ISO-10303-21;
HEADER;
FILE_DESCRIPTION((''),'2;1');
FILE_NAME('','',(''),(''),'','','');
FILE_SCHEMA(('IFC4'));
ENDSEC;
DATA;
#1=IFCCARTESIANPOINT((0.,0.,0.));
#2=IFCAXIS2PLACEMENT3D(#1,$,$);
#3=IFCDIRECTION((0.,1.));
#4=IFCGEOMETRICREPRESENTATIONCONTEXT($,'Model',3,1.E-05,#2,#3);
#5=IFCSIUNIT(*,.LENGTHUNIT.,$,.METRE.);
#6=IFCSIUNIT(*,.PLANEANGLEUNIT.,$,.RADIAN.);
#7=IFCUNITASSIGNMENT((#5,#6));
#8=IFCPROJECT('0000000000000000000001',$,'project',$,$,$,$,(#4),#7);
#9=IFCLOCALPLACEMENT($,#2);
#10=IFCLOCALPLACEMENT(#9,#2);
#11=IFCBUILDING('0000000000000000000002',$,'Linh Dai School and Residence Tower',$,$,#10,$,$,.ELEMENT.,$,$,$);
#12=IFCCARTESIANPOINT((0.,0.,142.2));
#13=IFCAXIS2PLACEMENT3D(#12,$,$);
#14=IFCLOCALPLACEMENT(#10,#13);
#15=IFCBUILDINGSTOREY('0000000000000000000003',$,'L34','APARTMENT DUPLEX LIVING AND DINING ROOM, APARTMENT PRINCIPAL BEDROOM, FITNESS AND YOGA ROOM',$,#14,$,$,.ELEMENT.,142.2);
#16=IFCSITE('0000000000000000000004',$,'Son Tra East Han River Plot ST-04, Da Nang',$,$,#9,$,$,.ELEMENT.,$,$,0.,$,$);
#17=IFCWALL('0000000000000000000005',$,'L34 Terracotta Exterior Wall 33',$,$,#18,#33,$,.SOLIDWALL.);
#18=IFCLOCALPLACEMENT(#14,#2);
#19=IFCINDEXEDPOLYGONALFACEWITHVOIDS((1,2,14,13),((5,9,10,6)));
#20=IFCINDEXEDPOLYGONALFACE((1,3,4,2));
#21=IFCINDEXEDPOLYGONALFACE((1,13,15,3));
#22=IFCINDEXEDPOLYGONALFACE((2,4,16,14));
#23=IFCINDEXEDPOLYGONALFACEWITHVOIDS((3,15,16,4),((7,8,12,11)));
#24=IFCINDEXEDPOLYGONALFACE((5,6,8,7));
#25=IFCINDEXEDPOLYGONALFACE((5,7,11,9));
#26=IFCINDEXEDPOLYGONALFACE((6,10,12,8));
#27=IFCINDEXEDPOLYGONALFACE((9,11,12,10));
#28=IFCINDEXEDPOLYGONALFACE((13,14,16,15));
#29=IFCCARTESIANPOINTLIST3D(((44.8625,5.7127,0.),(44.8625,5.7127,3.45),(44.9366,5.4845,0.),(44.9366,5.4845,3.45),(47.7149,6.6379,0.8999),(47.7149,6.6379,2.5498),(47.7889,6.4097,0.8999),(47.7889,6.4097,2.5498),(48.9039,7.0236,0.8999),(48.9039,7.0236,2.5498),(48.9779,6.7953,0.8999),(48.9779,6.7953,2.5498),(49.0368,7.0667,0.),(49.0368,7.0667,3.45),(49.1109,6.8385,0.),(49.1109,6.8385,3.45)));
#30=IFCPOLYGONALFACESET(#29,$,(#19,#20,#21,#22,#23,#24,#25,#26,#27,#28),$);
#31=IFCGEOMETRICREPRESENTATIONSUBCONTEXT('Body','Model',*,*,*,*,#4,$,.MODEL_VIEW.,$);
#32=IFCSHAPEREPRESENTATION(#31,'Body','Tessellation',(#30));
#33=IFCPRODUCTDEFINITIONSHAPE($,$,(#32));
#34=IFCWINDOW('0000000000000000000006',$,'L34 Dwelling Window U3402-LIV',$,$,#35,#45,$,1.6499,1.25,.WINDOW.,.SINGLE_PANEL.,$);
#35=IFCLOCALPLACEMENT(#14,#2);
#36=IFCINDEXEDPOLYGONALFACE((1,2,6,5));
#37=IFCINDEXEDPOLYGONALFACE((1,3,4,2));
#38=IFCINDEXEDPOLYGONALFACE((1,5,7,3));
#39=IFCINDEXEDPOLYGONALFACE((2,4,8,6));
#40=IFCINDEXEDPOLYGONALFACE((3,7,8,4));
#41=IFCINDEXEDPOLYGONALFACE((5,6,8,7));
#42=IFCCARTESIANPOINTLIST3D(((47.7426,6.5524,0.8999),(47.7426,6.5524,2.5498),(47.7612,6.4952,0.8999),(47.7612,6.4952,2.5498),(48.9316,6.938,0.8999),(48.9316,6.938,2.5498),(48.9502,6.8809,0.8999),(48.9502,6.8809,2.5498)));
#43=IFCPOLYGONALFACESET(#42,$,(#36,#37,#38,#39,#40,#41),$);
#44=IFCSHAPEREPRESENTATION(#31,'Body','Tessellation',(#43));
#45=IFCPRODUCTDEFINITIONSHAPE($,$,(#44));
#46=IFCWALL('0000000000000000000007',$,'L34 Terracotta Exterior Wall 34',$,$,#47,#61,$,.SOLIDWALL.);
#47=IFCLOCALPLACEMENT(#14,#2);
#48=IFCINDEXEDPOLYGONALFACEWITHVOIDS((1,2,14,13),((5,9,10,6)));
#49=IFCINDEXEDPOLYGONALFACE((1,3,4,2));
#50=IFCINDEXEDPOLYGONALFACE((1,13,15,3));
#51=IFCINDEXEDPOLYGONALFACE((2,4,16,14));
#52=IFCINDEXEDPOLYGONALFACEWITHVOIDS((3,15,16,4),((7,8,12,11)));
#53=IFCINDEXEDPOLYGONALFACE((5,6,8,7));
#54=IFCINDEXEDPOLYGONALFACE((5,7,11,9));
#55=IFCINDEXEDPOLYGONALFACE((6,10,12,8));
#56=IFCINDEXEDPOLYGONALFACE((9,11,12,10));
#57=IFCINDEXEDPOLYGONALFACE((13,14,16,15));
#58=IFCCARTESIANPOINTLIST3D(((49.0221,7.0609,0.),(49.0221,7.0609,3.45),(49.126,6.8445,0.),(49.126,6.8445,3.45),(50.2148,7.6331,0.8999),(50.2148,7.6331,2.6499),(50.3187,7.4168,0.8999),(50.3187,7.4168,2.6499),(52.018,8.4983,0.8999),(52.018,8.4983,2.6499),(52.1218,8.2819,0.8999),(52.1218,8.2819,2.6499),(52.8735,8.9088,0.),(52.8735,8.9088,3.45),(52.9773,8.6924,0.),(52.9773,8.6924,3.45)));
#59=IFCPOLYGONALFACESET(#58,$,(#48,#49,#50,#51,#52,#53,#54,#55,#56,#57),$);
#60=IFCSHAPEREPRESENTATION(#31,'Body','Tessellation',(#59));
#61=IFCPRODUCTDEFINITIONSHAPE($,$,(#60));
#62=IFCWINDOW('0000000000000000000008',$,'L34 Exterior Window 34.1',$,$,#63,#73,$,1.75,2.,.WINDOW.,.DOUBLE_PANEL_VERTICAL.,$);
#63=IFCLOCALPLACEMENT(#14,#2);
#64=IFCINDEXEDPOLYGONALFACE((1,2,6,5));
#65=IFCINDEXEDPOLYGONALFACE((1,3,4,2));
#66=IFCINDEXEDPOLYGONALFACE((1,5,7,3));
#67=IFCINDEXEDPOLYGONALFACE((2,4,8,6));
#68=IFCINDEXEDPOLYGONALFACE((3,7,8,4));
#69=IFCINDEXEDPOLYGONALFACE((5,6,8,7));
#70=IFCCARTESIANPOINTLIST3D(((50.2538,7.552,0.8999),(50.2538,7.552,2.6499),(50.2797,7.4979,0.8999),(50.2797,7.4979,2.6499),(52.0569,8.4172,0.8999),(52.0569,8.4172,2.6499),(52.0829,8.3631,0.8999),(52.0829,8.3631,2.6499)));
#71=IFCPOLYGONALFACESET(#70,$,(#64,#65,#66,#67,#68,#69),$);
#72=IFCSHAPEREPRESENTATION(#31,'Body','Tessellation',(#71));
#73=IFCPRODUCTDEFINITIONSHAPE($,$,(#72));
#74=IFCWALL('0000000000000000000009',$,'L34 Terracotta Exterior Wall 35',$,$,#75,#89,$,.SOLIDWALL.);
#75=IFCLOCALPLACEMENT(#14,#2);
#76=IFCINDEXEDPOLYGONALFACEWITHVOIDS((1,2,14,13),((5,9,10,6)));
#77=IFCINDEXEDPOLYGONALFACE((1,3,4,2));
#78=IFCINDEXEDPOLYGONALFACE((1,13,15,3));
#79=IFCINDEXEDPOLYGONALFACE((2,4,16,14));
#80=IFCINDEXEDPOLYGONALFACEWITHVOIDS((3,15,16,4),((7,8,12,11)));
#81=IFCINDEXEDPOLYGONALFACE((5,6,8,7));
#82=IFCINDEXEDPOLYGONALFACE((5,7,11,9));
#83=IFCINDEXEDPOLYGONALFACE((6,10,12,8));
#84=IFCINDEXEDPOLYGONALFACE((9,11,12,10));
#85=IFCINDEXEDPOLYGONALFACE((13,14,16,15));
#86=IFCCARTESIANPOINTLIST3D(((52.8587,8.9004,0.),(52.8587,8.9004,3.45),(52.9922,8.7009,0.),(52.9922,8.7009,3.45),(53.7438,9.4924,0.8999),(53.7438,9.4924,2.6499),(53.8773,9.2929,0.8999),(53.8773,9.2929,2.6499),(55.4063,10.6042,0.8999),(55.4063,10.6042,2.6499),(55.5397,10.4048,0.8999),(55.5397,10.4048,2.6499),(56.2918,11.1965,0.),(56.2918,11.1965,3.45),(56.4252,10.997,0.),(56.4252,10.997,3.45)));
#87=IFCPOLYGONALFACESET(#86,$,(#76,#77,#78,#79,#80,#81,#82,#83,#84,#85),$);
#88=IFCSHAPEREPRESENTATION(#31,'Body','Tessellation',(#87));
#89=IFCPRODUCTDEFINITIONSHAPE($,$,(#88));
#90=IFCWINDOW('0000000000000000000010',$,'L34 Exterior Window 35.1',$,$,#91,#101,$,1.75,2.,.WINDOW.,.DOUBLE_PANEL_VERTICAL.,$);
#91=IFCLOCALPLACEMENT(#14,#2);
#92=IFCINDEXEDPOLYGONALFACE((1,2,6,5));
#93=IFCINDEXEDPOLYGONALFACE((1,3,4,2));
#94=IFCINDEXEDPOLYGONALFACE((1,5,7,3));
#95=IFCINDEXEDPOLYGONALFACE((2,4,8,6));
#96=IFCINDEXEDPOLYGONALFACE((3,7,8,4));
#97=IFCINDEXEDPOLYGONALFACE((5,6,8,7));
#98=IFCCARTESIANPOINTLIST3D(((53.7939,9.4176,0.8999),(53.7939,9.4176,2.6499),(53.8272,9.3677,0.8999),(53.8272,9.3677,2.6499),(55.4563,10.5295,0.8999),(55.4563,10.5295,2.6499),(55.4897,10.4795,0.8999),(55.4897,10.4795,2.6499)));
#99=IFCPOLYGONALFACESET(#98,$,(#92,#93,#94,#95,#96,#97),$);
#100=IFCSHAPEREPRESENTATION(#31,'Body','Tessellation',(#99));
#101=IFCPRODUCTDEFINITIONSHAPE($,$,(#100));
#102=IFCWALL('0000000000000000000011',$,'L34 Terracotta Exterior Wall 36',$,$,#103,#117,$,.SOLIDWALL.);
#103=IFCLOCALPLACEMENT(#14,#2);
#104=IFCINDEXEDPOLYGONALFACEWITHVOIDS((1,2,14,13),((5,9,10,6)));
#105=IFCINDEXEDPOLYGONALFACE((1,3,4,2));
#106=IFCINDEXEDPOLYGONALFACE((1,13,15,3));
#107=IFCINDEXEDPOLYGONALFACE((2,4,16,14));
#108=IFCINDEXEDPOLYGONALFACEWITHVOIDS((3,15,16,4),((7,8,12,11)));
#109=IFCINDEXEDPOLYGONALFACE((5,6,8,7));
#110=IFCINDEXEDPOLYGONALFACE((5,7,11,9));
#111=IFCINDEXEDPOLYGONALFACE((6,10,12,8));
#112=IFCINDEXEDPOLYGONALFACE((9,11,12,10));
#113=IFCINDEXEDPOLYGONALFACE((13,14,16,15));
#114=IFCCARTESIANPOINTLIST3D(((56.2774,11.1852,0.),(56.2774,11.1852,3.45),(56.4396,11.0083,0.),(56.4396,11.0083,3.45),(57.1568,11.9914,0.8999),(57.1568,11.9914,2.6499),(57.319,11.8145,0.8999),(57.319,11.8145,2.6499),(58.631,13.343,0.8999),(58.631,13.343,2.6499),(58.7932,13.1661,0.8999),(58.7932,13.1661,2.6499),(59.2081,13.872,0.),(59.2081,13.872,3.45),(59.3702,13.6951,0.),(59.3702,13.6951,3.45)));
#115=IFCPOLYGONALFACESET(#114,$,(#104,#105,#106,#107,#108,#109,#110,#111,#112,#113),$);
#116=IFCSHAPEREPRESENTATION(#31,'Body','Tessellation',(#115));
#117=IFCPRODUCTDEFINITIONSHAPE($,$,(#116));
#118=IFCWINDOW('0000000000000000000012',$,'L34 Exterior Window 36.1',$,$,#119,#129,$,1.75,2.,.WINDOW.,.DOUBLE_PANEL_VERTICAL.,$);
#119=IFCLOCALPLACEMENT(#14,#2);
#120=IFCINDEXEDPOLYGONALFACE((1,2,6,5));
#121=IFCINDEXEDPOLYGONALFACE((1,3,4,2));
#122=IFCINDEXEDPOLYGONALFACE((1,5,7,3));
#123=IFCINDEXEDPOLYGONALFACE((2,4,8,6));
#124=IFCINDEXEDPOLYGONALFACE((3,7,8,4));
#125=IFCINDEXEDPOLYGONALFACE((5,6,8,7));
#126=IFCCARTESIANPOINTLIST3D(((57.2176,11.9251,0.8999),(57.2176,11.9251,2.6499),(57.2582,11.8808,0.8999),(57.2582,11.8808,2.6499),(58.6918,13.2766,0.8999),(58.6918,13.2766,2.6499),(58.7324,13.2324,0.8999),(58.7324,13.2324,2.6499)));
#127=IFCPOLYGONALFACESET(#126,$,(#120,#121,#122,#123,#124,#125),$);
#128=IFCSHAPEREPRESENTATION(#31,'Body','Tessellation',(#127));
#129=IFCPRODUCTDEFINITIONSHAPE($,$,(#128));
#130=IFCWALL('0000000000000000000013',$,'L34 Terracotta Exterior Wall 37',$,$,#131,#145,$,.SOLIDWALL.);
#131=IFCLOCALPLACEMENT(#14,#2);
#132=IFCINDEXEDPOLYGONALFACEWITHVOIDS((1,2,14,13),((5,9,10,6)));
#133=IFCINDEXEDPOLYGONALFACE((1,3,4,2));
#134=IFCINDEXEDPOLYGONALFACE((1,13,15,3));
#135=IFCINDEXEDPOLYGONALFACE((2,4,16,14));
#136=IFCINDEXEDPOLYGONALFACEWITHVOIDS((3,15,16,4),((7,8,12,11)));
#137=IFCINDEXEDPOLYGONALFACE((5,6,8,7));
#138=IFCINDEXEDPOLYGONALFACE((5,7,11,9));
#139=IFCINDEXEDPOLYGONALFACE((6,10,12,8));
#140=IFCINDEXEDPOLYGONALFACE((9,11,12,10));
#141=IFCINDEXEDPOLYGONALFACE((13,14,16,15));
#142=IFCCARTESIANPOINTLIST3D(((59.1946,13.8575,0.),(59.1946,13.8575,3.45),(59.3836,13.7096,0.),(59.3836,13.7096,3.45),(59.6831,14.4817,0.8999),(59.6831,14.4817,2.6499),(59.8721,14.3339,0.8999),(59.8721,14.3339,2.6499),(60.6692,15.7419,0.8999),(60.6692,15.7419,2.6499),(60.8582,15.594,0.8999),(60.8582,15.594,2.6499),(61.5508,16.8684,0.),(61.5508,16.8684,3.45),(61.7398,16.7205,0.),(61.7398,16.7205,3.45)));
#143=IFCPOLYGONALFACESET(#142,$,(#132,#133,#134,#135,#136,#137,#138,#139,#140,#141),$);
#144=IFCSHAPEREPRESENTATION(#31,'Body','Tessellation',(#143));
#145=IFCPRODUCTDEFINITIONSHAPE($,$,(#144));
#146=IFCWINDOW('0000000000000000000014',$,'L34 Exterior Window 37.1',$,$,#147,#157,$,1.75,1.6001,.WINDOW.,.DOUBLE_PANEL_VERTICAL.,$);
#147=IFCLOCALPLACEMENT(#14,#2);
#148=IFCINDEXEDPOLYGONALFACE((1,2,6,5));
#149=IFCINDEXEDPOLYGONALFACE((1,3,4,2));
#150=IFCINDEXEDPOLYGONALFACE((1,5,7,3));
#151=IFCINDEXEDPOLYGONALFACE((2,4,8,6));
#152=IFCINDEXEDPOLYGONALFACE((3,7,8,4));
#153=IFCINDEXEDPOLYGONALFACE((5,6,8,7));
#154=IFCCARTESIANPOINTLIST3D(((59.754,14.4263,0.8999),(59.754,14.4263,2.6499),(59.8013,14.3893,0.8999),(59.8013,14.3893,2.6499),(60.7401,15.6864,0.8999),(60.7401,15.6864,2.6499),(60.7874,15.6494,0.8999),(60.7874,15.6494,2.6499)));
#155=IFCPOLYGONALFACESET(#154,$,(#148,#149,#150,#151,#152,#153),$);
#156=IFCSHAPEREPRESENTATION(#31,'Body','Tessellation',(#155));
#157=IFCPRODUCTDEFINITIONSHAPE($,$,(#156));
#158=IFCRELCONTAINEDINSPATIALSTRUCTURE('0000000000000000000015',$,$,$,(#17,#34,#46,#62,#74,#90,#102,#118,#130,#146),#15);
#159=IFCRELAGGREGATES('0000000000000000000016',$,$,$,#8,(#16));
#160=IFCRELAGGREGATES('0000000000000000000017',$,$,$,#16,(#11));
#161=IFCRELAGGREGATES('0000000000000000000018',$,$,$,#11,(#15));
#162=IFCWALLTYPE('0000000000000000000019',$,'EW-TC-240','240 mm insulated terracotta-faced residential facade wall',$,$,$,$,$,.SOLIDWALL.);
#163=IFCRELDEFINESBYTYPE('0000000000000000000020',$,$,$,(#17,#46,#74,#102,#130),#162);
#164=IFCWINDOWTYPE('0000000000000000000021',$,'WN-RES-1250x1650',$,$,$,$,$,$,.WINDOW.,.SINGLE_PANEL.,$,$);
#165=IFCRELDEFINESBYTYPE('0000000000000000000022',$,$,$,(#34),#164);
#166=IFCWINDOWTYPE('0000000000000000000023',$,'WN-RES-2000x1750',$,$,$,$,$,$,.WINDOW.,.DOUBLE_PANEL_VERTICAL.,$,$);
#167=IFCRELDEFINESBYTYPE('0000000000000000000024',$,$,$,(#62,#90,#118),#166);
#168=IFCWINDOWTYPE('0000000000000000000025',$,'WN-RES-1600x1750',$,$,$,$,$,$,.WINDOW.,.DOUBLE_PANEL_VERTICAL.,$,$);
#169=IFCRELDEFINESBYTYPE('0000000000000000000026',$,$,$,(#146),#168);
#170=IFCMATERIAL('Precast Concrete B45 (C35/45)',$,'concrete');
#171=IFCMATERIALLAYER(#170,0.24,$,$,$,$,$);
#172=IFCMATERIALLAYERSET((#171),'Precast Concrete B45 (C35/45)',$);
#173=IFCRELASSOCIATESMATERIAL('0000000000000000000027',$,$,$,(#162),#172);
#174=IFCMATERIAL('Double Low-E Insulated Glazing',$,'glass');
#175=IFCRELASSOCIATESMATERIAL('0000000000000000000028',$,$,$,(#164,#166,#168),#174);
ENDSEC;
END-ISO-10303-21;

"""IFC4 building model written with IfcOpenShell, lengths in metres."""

from ifc_helpers import new_model, si_unit, direction, frame, frame_2d, origin, origin_2d, place, context, subcontext, project, spatial, rectangle, extrude, source, transform, mapped, material, layer, layer_set, type_object, element, fill, save


model = new_model("IFC4")

# Units and contexts
model_context = context("Model", 3, precision=1e-05, world=origin(), true_north=direction((0.0, 1.0)))
body_context = subcontext(model_context, "Body", "Model", "MODEL_VIEW")
ifc_project = project(units=[si_unit("LENGTHUNIT", "METRE"), si_unit("PLANEANGLEUNIT", "RADIAN")], contexts=[model_context])

# Site, building, storey
site_placement = place(None, origin())
site = spatial("IfcSite", under=ifc_project, at=site_placement, Name="Son Tra East Han River Plot ST-04, Da Nang", CompositionType="ELEMENT", RefElevation=0.0)
building_placement = place(site_placement, origin())
building = spatial("IfcBuilding", under=site, at=building_placement, Name="Linh Dai School and Residence Tower", CompositionType="ELEMENT")
storey_placement = place(building_placement, frame((0.0, 0.0, 142.2)))
storey = spatial("IfcBuildingStorey", under=building, at=storey_placement, Name="L34", Description="APARTMENT DUPLEX LIVING AND DINING ROOM, APARTMENT PRINCIPAL BEDROOM, FITNESS AND YOGA ROOM", CompositionType="ELEMENT", Elevation=142.2)

# Shared definitions
ifc_material_1 = material(Name="Precast Concrete B45 (C35/45)", Category="concrete")

# Walls, openings, windows
ifc_layer_1 = layer(ifc_material_1, 0.24)
ifc_layer_set_1 = layer_set([ifc_layer_1], Name="Precast Concrete B45 (C35/45)")
wall_type_1 = type_object("IfcWallType", Name="EW-TC-240", Description="240 mm insulated terracotta-faced residential facade wall", PredefinedType="SOLIDWALL", material=ifc_layer_set_1)
wall_1_placement = place(storey_placement, frame((49.074, 6.9526, 0.0), z_axis=(0.0, 0.0, 1.0), x_axis=(-0.951211, -0.30854, 0.0)))
wall_1 = element("IfcWall", 1, at=wall_1_placement, inside=storey, type_object=wall_type_1, Name="L34 Terracotta Exterior Wall 33", PredefinedType="SOLIDWALL", context=body_context, shape_type="SweptSolid", body=[
    extrude(rectangle(XDim=4.3884, YDim=0.24, at=frame_2d((2.1943, 0.0))), origin(), (0.0, 0.0, 1.0), 3.45),
])
opening_1_placement = place(wall_1_placement, frame((0.1399, 0.0, 0.8999)))
opening_1 = element("IfcOpeningElement", 2, at=opening_1_placement, cuts=wall_1, PredefinedType="OPENING", context=body_context, shape_type="SweptSolid", body=[
    extrude(rectangle(XDim=1.25, YDim=1.6499, at=origin_2d()), frame((0.625, 0.1299, 0.825), z_axis=(0.0, -1.0, 0.0), x_axis=(1.0, 0.0, 0.0)), (0.0, 0.0, 1.0), 0.26),
])
ifc_material_2 = material(Name="Double Low-E Insulated Glazing", Category="glass")
window_type_1 = type_object("IfcWindowType", Name="WN-RES-1250x1650", PartitioningType="SINGLE_PANEL", PredefinedType="WINDOW", material=ifc_material_2)
shared_shape_1 = source(origin(), body_context, "Body", "SweptSolid", [
    extrude(rectangle(XDim=1.25, YDim=1.6499, at=origin_2d()), frame((0.625, 0.03, 0.825), z_axis=(0.0, -1.0, 0.0), x_axis=(1.0, 0.0, 0.0)), (0.0, 0.0, 1.0), 0.0601),
])
window_1_placement = place(opening_1_placement, origin())
window_1 = element("IfcWindow", 3, at=window_1_placement, inside=storey, type_object=window_type_1, Name="L34 Dwelling Window U3402-LIV", OverallHeight=1.6499, OverallWidth=1.25, PartitioningType="SINGLE_PANEL", PredefinedType="WINDOW", context=body_context, shape_type="MappedRepresentation", body=[
    mapped(shared_shape_1, transform((0.0, 0.0, 0.0), x_axis=(1.0, 0.0, 0.0), y_axis=(0.0, 1.0, 0.0), z_axis=(0.0, 0.0, 1.0), scale=1.0)),
])
fill(opening_1, window_1)
wall_2_placement = place(storey_placement, frame((52.9253, 8.8005, 0.0), z_axis=(0.0, 0.0, 1.0), x_axis=(-0.90159, -0.432592, 0.0)))
wall_2 = element("IfcWall", 4, at=wall_2_placement, inside=storey, type_object=wall_type_1, Name="L34 Terracotta Exterior Wall 34", PredefinedType="SOLIDWALL", context=body_context, shape_type="SweptSolid", body=[
    extrude(rectangle(XDim=4.2717, YDim=0.24, at=frame_2d((2.1357, 0.0))), origin(), (0.0, 0.0, 1.0), 3.45),
])
opening_2_placement = place(wall_2_placement, frame((0.9487, 0.0, 0.8999)))
opening_2 = element("IfcOpeningElement", 5, at=opening_2_placement, cuts=wall_2, PredefinedType="OPENING", context=body_context, shape_type="SweptSolid", body=[
    extrude(rectangle(XDim=2.0, YDim=1.75, at=origin_2d()), frame((1.0, 0.1299, 0.875), z_axis=(0.0, -1.0, 0.0), x_axis=(1.0, 0.0, 0.0)), (0.0, 0.0, 1.0), 0.26),
])
window_type_2 = type_object("IfcWindowType", Name="WN-RES-2000x1750", PartitioningType="DOUBLE_PANEL_VERTICAL", PredefinedType="WINDOW", material=ifc_material_2)
shared_shape_2 = source(origin(), body_context, "Body", "SweptSolid", [
    extrude(rectangle(XDim=2.0, YDim=1.75, at=origin_2d()), frame((1.0, 0.03, 0.875), z_axis=(0.0, -1.0, 0.0), x_axis=(1.0, 0.0, 0.0)), (0.0, 0.0, 1.0), 0.0601),
])
window_2_placement = place(opening_2_placement, origin())
window_2 = element("IfcWindow", 6, at=window_2_placement, inside=storey, type_object=window_type_2, Name="L34 Exterior Window 34.1", OverallHeight=1.75, OverallWidth=2.0, PartitioningType="DOUBLE_PANEL_VERTICAL", PredefinedType="WINDOW", context=body_context, shape_type="MappedRepresentation", body=[
    mapped(shared_shape_2, transform((0.0, 0.0, 0.0), x_axis=(1.0, 0.0, 0.0), y_axis=(0.0, 1.0, 0.0), z_axis=(0.0, 0.0, 1.0), scale=1.0)),
])
fill(opening_2, window_2)
wall_3_placement = place(storey_placement, frame((56.3584, 11.0967, 0.0), z_axis=(0.0, 0.0, 1.0), x_axis=(-0.831222, -0.555941, 0.0)))
wall_3 = element("IfcWall", 7, at=wall_3_placement, inside=storey, type_object=wall_type_1, Name="L34 Terracotta Exterior Wall 35", PredefinedType="SOLIDWALL", context=body_context, shape_type="SweptSolid", body=[
    extrude(rectangle(XDim=4.1301, YDim=0.24, at=frame_2d((2.0649, 0.0))), origin(), (0.0, 0.0, 1.0), 3.45),
])
opening_3_placement = place(wall_3_placement, frame((1.0652, 0.0, 0.8999)))
opening_3 = element("IfcOpeningElement", 8, at=opening_3_placement, cuts=wall_3, PredefinedType="OPENING", context=body_context, shape_type="SweptSolid", body=[
    extrude(rectangle(XDim=2.0, YDim=1.75, at=origin_2d()), frame((1.0, 0.1299, 0.875), z_axis=(0.0, -1.0, 0.0), x_axis=(1.0, 0.0, 0.0)), (0.0, 0.0, 1.0), 0.26),
])
window_3_placement = place(opening_3_placement, origin())
window_3 = element("IfcWindow", 9, at=window_3_placement, inside=storey, type_object=window_type_2, Name="L34 Exterior Window 35.1", OverallHeight=1.75, OverallWidth=2.0, PartitioningType="DOUBLE_PANEL_VERTICAL", PredefinedType="WINDOW", context=body_context, shape_type="MappedRepresentation", body=[
    mapped(shared_shape_2, transform((0.0, 0.0, 0.0), x_axis=(1.0, 0.0, 0.0), y_axis=(0.0, 1.0, 0.0), z_axis=(0.0, 0.0, 1.0), scale=1.0)),
])
fill(opening_3, window_3)
wall_4_placement = place(storey_placement, frame((59.2891, 13.7834, 0.0), z_axis=(0.0, 0.0, 1.0), x_axis=(-0.737113, -0.675769, 0.0)))
wall_4 = element("IfcWall", 10, at=wall_4_placement, inside=storey, type_object=wall_type_1, Name="L34 Terracotta Exterior Wall 36", PredefinedType="SOLIDWALL", context=body_context, shape_type="SweptSolid", body=[
    extrude(rectangle(XDim=3.9758, YDim=0.24, at=frame_2d((1.9878, 0.0))), origin(), (0.0, 0.0, 1.0), 3.45),
])
opening_4_placement = place(wall_4_placement, frame((0.7827, 0.0, 0.8999)))
opening_4 = element("IfcOpeningElement", 11, at=opening_4_placement, cuts=wall_4, PredefinedType="OPENING", context=body_context, shape_type="SweptSolid", body=[
    extrude(rectangle(XDim=2.0, YDim=1.75, at=origin_2d()), frame((1.0, 0.1299, 0.875), z_axis=(0.0, -1.0, 0.0), x_axis=(1.0, 0.0, 0.0)), (0.0, 0.0, 1.0), 0.26),
])
window_4_placement = place(opening_4_placement, origin())
window_4 = element("IfcWindow", 12, at=window_4_placement, inside=storey, type_object=window_type_2, Name="L34 Exterior Window 36.1", OverallHeight=1.75, OverallWidth=2.0, PartitioningType="DOUBLE_PANEL_VERTICAL", PredefinedType="WINDOW", context=body_context, shape_type="MappedRepresentation", body=[
    mapped(shared_shape_2, transform((0.0, 0.0, 0.0), x_axis=(1.0, 0.0, 0.0), y_axis=(0.0, 1.0, 0.0), z_axis=(0.0, 0.0, 1.0), scale=1.0)),
])
fill(opening_4, window_4)
wall_5_placement = place(storey_placement, frame((61.6453, 16.7944, 0.0), z_axis=(0.0, 0.0, 1.0), x_axis=(-0.616272, -0.787533, 0.0)))
wall_5 = element("IfcWall", 13, at=wall_5_placement, inside=storey, type_object=wall_type_1, Name="L34 Terracotta Exterior Wall 37", PredefinedType="SOLIDWALL", context=body_context, shape_type="SweptSolid", body=[
    extrude(rectangle(XDim=3.8232, YDim=0.24, at=frame_2d((1.9116, 0.0))), origin(), (0.0, 0.0, 1.0), 3.45),
])
opening_5_placement = place(wall_5_placement, frame((1.4304, 0.0, 0.8999)))
opening_5 = element("IfcOpeningElement", 14, at=opening_5_placement, cuts=wall_5, PredefinedType="OPENING", context=body_context, shape_type="SweptSolid", body=[
    extrude(rectangle(XDim=1.6001, YDim=1.75, at=origin_2d()), frame((0.8, 0.1299, 0.875), z_axis=(0.0, -1.0, 0.0), x_axis=(1.0, 0.0, 0.0)), (0.0, 0.0, 1.0), 0.26),
])
window_type_3 = type_object("IfcWindowType", Name="WN-RES-1600x1750", PartitioningType="DOUBLE_PANEL_VERTICAL", PredefinedType="WINDOW", material=ifc_material_2)
shared_shape_3 = source(origin(), body_context, "Body", "SweptSolid", [
    extrude(rectangle(XDim=1.6001, YDim=1.75, at=origin_2d()), frame((0.8, 0.03, 0.875), z_axis=(0.0, -1.0, 0.0), x_axis=(1.0, 0.0, 0.0)), (0.0, 0.0, 1.0), 0.0601),
])
window_5_placement = place(opening_5_placement, origin())
window_5 = element("IfcWindow", 15, at=window_5_placement, inside=storey, type_object=window_type_3, Name="L34 Exterior Window 37.1", OverallHeight=1.75, OverallWidth=1.6001, PartitioningType="DOUBLE_PANEL_VERTICAL", PredefinedType="WINDOW", context=body_context, shape_type="MappedRepresentation", body=[
    mapped(shared_shape_3, transform((0.0, 0.0, 0.0), x_axis=(1.0, 0.0, 0.0), y_axis=(0.0, 1.0, 0.0), z_axis=(0.0, 0.0, 1.0), scale=1.0)),
])
fill(opening_5, window_5)

save(model, "model.ifc")
